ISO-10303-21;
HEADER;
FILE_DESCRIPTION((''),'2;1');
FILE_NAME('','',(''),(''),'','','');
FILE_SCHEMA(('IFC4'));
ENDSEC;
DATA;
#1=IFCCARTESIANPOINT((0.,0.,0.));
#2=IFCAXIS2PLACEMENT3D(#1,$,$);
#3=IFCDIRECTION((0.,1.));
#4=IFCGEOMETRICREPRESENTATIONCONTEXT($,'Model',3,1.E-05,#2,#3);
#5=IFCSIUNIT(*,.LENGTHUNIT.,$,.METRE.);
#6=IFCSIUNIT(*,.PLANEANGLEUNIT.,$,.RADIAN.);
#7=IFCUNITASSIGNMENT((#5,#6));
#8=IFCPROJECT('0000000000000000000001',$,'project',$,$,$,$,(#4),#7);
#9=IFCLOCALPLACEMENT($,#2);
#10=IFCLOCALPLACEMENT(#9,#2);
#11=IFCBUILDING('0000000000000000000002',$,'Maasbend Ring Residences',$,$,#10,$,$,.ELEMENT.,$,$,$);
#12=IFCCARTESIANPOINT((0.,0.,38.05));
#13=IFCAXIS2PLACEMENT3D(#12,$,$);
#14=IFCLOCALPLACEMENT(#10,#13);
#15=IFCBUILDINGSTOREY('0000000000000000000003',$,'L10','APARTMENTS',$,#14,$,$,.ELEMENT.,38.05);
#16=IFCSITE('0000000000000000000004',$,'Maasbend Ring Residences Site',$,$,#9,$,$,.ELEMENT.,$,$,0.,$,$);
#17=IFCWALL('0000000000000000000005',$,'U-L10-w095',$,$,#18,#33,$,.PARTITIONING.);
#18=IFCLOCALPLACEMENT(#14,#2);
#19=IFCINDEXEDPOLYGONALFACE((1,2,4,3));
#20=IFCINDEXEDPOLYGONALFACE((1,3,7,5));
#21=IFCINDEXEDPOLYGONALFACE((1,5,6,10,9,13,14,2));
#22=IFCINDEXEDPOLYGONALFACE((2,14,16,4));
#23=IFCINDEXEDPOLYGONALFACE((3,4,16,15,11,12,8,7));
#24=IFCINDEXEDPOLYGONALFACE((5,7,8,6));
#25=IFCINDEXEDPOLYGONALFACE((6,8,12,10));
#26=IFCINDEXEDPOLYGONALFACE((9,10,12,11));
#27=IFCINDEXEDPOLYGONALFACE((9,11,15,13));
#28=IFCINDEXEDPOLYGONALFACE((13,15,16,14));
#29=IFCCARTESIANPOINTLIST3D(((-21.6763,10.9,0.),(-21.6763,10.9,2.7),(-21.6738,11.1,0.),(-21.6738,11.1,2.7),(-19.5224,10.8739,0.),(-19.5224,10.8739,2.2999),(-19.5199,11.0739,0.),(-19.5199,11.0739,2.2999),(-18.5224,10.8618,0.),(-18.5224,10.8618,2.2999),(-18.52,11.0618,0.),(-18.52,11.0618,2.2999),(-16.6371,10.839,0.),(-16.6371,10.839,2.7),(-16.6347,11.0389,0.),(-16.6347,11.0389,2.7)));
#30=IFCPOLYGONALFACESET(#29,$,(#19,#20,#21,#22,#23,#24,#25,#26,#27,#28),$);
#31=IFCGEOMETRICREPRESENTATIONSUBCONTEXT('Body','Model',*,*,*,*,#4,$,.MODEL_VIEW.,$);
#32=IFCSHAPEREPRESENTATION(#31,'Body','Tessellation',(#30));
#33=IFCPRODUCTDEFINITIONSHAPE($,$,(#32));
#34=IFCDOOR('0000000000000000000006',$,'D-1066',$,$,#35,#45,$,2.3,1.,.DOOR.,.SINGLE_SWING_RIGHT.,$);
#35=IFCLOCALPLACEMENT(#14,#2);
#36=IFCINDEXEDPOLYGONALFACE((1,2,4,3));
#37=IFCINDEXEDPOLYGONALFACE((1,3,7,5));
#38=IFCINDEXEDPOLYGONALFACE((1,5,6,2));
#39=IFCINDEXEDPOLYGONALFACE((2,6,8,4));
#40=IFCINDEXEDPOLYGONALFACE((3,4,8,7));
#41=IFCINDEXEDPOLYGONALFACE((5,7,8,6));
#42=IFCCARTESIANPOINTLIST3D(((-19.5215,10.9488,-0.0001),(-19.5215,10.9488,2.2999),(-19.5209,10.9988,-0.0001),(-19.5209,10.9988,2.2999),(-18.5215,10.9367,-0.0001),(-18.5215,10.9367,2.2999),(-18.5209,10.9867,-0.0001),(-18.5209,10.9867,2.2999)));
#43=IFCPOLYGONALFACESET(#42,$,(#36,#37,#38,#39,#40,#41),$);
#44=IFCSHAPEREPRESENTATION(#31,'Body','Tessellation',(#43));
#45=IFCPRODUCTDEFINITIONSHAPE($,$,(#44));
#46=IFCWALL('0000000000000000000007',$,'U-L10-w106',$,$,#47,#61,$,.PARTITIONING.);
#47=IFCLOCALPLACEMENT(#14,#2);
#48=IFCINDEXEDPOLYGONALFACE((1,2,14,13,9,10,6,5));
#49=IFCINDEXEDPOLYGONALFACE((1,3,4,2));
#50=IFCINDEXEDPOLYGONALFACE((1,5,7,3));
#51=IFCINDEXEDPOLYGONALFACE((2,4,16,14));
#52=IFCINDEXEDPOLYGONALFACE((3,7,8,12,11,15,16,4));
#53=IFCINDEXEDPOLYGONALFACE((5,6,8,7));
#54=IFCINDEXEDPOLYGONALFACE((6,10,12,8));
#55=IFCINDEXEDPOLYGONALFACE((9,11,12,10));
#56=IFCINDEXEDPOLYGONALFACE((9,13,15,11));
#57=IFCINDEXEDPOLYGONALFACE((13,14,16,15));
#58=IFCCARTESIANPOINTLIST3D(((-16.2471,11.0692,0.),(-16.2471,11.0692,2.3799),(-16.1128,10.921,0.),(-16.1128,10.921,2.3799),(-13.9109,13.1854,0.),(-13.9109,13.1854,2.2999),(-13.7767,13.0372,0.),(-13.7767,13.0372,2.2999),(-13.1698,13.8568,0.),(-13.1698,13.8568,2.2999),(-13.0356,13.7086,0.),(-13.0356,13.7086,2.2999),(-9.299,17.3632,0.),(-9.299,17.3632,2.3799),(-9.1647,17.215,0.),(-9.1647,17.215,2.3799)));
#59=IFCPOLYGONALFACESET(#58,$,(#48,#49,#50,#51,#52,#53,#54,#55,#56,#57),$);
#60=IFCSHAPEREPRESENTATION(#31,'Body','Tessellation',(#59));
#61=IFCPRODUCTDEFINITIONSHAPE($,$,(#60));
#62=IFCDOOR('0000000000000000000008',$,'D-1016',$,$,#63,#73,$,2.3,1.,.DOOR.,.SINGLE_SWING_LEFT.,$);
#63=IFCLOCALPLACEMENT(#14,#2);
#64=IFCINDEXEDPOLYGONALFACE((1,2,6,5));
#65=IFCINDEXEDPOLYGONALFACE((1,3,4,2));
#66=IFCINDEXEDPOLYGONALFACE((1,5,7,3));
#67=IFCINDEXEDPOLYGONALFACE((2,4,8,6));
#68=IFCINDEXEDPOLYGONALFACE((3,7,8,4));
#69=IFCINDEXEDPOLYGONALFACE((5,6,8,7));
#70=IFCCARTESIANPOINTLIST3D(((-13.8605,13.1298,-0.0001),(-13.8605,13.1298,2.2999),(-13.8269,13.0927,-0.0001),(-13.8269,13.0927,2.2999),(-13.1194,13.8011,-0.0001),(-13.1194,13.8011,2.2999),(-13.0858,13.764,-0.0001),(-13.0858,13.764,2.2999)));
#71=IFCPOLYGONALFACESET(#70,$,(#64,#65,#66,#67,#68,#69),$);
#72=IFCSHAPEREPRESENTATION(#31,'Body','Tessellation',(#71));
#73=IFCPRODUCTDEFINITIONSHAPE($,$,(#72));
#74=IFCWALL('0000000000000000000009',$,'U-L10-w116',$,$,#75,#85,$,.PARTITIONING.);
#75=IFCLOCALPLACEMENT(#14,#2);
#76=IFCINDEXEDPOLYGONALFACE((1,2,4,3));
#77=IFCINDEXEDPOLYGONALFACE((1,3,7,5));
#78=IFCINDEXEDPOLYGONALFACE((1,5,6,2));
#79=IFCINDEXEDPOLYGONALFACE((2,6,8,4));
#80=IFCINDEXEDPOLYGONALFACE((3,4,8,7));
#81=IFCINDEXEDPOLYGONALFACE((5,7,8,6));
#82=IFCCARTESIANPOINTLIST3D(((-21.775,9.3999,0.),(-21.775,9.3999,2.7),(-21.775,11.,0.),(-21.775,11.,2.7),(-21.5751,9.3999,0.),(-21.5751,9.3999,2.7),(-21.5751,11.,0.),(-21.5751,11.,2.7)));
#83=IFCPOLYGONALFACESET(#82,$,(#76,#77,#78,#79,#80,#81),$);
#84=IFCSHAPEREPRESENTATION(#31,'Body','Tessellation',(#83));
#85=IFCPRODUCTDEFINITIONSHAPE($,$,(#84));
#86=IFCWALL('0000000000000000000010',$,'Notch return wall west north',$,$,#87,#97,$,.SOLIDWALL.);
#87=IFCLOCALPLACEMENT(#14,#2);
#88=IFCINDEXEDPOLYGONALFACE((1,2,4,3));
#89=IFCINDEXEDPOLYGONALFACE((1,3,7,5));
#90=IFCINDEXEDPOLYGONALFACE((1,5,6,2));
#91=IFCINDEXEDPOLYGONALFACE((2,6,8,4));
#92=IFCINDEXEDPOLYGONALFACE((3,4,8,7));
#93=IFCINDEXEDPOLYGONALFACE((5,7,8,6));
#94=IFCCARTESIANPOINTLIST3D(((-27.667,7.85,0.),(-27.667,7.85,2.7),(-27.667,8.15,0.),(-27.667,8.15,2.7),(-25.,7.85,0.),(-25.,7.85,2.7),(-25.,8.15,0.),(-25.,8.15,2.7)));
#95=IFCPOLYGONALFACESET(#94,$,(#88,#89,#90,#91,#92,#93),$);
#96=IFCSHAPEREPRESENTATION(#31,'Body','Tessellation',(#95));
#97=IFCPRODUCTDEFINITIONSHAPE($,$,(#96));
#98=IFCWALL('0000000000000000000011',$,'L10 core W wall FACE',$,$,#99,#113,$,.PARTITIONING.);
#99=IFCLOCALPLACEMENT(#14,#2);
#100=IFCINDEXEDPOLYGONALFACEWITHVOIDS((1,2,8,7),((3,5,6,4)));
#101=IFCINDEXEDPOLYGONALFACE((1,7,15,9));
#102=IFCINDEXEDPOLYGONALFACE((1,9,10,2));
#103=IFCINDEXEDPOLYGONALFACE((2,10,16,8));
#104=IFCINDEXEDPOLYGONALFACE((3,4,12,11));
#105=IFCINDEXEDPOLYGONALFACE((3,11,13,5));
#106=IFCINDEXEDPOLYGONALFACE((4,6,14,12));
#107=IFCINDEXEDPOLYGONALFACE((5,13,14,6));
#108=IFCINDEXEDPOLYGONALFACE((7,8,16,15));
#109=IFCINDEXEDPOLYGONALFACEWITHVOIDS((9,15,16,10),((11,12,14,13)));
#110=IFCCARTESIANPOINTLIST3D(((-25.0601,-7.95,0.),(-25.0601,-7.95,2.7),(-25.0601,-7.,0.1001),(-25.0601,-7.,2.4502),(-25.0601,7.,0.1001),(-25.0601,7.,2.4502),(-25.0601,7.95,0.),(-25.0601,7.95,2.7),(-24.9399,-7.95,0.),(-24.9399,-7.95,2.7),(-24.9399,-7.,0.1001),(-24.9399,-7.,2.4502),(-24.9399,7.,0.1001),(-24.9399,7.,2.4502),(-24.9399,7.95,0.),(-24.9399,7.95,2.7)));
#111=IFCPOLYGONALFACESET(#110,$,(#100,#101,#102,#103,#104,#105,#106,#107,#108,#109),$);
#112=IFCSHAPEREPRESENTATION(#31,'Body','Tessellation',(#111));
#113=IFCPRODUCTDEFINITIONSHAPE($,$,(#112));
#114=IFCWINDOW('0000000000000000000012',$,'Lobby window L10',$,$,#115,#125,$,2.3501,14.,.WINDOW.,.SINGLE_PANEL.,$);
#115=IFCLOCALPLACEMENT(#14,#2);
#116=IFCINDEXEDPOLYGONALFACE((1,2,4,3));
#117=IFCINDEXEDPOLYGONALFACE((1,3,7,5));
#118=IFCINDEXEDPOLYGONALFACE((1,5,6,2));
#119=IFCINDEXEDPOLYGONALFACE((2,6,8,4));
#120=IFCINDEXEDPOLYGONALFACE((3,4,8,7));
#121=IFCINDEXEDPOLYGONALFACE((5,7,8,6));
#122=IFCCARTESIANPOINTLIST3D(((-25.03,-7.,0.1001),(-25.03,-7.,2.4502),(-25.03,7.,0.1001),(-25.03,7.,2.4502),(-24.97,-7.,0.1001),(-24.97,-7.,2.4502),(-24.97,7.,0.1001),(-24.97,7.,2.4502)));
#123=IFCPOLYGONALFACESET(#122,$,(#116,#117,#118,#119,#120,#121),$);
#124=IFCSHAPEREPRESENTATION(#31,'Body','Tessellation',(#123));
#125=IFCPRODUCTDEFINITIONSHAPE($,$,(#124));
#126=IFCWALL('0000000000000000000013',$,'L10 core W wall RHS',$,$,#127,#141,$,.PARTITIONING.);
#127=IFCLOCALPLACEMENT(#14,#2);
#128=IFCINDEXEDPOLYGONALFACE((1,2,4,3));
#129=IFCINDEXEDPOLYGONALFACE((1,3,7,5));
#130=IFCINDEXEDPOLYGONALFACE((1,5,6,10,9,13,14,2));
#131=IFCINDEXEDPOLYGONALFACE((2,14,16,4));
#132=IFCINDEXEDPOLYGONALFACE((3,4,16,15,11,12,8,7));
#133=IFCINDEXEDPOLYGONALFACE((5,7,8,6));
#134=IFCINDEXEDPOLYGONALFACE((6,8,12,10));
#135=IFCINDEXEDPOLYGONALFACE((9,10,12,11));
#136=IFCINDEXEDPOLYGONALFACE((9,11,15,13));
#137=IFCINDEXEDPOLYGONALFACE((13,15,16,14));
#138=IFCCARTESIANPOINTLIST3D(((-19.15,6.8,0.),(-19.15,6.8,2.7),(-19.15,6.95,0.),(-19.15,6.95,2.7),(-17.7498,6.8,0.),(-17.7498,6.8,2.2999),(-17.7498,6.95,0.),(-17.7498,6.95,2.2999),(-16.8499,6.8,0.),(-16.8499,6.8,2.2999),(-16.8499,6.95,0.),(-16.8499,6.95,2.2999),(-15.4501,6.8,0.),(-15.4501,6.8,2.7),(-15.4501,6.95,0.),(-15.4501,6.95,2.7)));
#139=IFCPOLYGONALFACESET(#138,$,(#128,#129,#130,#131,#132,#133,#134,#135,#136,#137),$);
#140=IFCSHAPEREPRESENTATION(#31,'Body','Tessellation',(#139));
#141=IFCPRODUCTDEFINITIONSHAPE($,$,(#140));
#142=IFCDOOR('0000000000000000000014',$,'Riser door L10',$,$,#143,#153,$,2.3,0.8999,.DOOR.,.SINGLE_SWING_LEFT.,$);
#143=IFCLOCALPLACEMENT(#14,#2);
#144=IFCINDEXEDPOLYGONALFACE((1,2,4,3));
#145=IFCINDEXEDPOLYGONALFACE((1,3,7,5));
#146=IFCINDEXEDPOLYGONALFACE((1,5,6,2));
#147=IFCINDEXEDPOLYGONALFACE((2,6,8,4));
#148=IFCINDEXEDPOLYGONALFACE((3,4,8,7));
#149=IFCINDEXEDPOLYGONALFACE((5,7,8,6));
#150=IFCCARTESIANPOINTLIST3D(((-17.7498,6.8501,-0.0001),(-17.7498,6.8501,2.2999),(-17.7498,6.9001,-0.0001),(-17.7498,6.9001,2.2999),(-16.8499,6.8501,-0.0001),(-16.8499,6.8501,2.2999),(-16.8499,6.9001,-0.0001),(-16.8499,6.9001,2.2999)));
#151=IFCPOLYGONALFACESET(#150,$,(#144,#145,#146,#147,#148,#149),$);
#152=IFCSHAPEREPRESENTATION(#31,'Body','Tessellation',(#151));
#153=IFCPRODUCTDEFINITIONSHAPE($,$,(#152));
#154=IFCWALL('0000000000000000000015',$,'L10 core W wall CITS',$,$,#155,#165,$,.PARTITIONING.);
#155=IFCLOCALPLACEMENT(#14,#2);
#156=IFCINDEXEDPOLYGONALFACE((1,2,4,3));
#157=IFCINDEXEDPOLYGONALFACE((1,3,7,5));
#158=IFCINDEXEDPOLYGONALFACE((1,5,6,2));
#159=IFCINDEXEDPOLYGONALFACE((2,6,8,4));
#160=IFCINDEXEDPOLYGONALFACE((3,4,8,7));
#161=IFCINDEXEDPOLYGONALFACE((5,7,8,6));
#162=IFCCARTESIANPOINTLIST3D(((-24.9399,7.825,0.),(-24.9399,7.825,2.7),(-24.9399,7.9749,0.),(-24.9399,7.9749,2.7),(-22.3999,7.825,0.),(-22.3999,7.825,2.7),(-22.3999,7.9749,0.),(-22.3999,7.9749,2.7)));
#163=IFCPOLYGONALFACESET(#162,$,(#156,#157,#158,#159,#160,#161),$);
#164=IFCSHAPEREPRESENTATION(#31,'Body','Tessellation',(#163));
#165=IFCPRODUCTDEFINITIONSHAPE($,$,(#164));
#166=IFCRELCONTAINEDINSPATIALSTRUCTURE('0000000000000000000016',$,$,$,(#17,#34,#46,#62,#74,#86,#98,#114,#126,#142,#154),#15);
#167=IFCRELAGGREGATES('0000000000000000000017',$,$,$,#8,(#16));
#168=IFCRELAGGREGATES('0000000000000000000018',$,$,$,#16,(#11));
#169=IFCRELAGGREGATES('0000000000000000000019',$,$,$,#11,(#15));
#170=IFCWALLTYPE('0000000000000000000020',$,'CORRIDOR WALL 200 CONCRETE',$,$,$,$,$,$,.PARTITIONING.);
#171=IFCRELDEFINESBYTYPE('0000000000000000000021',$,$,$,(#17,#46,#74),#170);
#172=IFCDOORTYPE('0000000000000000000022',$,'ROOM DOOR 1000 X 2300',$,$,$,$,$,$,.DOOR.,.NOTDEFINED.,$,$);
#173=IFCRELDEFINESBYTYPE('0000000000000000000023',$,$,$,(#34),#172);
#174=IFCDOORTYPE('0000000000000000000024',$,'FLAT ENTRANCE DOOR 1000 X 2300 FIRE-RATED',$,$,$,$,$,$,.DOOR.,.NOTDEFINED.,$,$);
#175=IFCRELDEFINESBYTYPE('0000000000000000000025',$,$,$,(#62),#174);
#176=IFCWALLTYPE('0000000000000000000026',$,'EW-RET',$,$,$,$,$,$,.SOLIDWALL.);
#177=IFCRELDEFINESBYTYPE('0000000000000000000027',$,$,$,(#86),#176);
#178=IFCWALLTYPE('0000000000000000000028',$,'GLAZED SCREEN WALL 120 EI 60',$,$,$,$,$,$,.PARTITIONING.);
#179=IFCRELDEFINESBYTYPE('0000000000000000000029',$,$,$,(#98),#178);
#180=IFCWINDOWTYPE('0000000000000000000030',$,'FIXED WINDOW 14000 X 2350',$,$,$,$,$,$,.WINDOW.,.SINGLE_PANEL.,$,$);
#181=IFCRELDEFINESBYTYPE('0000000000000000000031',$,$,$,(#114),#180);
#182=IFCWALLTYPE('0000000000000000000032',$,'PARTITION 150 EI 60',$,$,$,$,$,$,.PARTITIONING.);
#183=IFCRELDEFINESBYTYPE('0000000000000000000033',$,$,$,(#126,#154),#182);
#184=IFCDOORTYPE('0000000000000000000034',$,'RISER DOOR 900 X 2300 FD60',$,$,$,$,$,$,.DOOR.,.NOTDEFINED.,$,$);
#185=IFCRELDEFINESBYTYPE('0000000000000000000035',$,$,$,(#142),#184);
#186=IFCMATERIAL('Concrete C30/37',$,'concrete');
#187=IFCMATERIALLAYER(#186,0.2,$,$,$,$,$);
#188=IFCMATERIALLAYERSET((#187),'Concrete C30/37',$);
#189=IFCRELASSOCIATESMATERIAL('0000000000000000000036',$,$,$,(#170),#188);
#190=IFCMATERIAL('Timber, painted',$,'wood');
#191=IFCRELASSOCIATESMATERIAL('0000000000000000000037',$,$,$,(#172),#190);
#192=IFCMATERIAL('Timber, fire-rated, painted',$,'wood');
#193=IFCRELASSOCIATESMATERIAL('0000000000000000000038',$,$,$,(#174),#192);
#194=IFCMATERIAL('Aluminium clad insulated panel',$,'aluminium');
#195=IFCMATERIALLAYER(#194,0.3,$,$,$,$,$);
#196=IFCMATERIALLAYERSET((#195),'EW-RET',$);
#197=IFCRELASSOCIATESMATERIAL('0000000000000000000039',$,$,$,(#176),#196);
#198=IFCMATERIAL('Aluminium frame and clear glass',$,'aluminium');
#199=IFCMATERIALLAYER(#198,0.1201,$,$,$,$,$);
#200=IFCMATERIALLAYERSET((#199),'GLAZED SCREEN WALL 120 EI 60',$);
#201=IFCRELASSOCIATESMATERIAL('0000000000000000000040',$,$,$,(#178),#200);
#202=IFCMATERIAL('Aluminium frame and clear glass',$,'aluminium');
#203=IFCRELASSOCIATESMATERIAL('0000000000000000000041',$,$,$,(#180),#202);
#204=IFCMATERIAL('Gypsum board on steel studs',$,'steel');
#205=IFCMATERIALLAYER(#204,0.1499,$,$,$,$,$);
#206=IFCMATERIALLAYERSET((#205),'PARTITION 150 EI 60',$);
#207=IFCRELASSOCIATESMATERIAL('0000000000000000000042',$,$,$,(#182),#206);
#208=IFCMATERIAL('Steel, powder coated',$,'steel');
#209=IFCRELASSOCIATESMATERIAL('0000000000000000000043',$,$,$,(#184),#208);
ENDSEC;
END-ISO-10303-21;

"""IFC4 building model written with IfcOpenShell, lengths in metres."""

from ifc_helpers import new_model, si_unit, direction, frame, frame_2d, origin, place, context, subcontext, project, spatial, rectangle, extrude, material, layer, layer_set, type_object, element, fill, save


model = new_model("IFC4")

# Units and contexts
model_context = context("Model", 3, precision=1e-05, world=origin(), true_north=direction((0.0, 1.0)))
body_context = subcontext(model_context, "Body", "Model", "MODEL_VIEW")
ifc_project = project(units=[si_unit("LENGTHUNIT", "METRE"), si_unit("PLANEANGLEUNIT", "RADIAN")], contexts=[model_context])

# Site, building, storey
site_placement = place(None, origin())
site = spatial("IfcSite", under=ifc_project, at=site_placement, Name="Maasbend Ring Residences Site", CompositionType="ELEMENT", RefElevation=0.0)
building_placement = place(site_placement, origin())
building = spatial("IfcBuilding", under=site, at=building_placement, Name="Maasbend Ring Residences", CompositionType="ELEMENT")
storey_placement = place(building_placement, frame((0.0, 0.0, 38.05)))
storey = spatial("IfcBuildingStorey", under=building, at=storey_placement, Name="L10", Description="APARTMENTS", CompositionType="ELEMENT", Elevation=38.05)

# Walls, openings, doors
ifc_material_1 = material(Name="Concrete C30/37", Category="concrete")
ifc_layer_1 = layer(ifc_material_1, 0.2)
ifc_layer_set_1 = layer_set([ifc_layer_1], Name="Concrete C30/37")
wall_type_1 = type_object("IfcWallType", Name="CORRIDOR WALL 200 CONCRETE", PredefinedType="PARTITIONING", material=ifc_layer_set_1)
wall_1_placement = place(storey_placement, frame((-21.675, 11.0, 0.0), z_axis=(0.0, 0.0, 1.0), x_axis=(0.999927, -0.012112, 0.0)))
wall_1 = element("IfcWall", 1, at=wall_1_placement, inside=storey, type_object=wall_type_1, Name="U-L10-w095", PredefinedType="PARTITIONING", context=body_context, shape_type="SweptSolid", body=[
    extrude(rectangle(XDim=5.0396, YDim=0.2, at=frame_2d((2.5198, 0.0))), origin(), (0.0, 0.0, 1.0), 2.7),
])
opening_1_placement = place(wall_1_placement, frame((2.1541, 0.0, 0.0)))
opening_1 = element("IfcOpeningElement", 2, at=opening_1_placement, cuts=wall_1, PredefinedType="OPENING", context=body_context, shape_type="SweptSolid", body=[
    extrude(rectangle(XDim=1.0, YDim=2.3, at=frame_2d((0.5, 1.1499))), frame((0.0, 0.1099, 0.0), z_axis=(0.0, -1.0, 0.0), x_axis=(1.0, 0.0, 0.0)), (0.0, 0.0, 1.0), 0.22),
])
ifc_material_2 = material(Name="Timber, painted", Category="wood")
door_type_1 = type_object("IfcDoorType", Name="ROOM DOOR 1000 X 2300", OperationType="NOTDEFINED", PredefinedType="DOOR", material=ifc_material_2)
door_1_placement = place(opening_1_placement, origin())
door_1 = element("IfcDoor", 3, at=door_1_placement, inside=storey, type_object=door_type_1, Name="D-1066", OperationType="SINGLE_SWING_RIGHT", OverallHeight=2.3, OverallWidth=1.0, PredefinedType="DOOR", context=body_context, shape_type="SweptSolid", body=[
    extrude(rectangle(XDim=1.0, YDim=2.3, at=frame_2d((0.5, 1.1499))), frame((0.0, 0.0249, 0.0), z_axis=(0.0, -1.0, 0.0), x_axis=(1.0, 0.0, 0.0)), (0.0, 0.0, 1.0), 0.05),
])
fill(opening_1, door_1)
wall_2_placement = place(storey_placement, frame((-16.1799, 10.9951, 0.0), z_axis=(0.0, 0.0, 1.0), x_axis=(0.741129, 0.671363, 0.0)))
wall_2 = element("IfcWall", 4, at=wall_2_placement, inside=storey, type_object=wall_type_1, Name="U-L10-w106", PredefinedType="PARTITIONING", context=body_context, shape_type="SweptSolid", body=[
    extrude(rectangle(XDim=9.375, YDim=0.2, at=frame_2d((4.6875, 0.0))), origin(), (0.0, 0.0, 1.0), 2.3799),
])
opening_2_placement = place(wall_2_placement, frame((3.1521, 0.0, 0.0)))
opening_2 = element("IfcOpeningElement", 5, at=opening_2_placement, cuts=wall_2, PredefinedType="OPENING", context=body_context, shape_type="SweptSolid", body=[
    extrude(rectangle(XDim=1.0, YDim=2.3, at=frame_2d((0.5, 1.1499))), frame((0.0, 0.1099, 0.0), z_axis=(0.0, -1.0, 0.0), x_axis=(1.0, 0.0, 0.0)), (0.0, 0.0, 1.0), 0.22),
])
ifc_material_3 = material(Name="Timber, fire-rated, painted", Category="wood")
door_type_2 = type_object("IfcDoorType", Name="FLAT ENTRANCE DOOR 1000 X 2300 FIRE-RATED", OperationType="NOTDEFINED", PredefinedType="DOOR", material=ifc_material_3)
door_2_placement = place(opening_2_placement, origin())
door_2 = element("IfcDoor", 6, at=door_2_placement, inside=storey, type_object=door_type_2, Name="D-1016", OperationType="SINGLE_SWING_LEFT", OverallHeight=2.3, OverallWidth=1.0, PredefinedType="DOOR", context=body_context, shape_type="SweptSolid", body=[
    extrude(rectangle(XDim=1.0, YDim=2.3, at=frame_2d((0.5, 1.1499))), frame((0.0, 0.0249, 0.0), z_axis=(0.0, -1.0, 0.0), x_axis=(1.0, 0.0, 0.0)), (0.0, 0.0, 1.0), 0.05),
])
fill(opening_2, door_2)

# Walls
wall_3_placement = place(storey_placement, frame((-21.675, 9.3999, 0.0), z_axis=(0.0, 0.0, 1.0), x_axis=(0.0, 1.0, 0.0)))
element("IfcWall", 7, at=wall_3_placement, inside=storey, type_object=wall_type_1, Name="U-L10-w116", PredefinedType="PARTITIONING", context=body_context, shape_type="SweptSolid", body=[
    extrude(rectangle(XDim=1.6001, YDim=0.2, at=frame_2d((0.8, 0.0))), origin(), (0.0, 0.0, 1.0), 2.7),
])
ifc_material_4 = material(Name="Aluminium clad insulated panel", Category="aluminium")
ifc_layer_2 = layer(ifc_material_4, 0.3)
ifc_layer_set_2 = layer_set([ifc_layer_2], Name="EW-RET")
wall_type_2 = type_object("IfcWallType", Name="EW-RET", PredefinedType="SOLIDWALL", material=ifc_layer_set_2)
wall_4_placement = place(storey_placement, frame((-25.0, 8.0, 0.0), z_axis=(0.0, 0.0, 1.0), x_axis=(-1.0, 0.0, 0.0)))
element("IfcWall", 8, at=wall_4_placement, inside=storey, type_object=wall_type_2, Name="Notch return wall west north", PredefinedType="SOLIDWALL", context=body_context, shape_type="SweptSolid", body=[
    extrude(rectangle(XDim=2.667, YDim=0.3, at=frame_2d((1.3335, 0.0))), origin(), (0.0, 0.0, 1.0), 2.7),
])

# Wall, opening, window
ifc_material_5 = material(Name="Aluminium frame and clear glass", Category="aluminium")
ifc_layer_3 = layer(ifc_material_5, 0.1201)
ifc_layer_set_3 = layer_set([ifc_layer_3], Name="GLAZED SCREEN WALL 120 EI 60")
wall_type_3 = type_object("IfcWallType", Name="GLAZED SCREEN WALL 120 EI 60", PredefinedType="PARTITIONING", material=ifc_layer_set_3)
wall_5_placement = place(storey_placement, frame((-25.0, 7.95, 0.0), z_axis=(0.0, 0.0, 1.0), x_axis=(0.0, -1.0, 0.0)))
wall_5 = element("IfcWall", 9, at=wall_5_placement, inside=storey, type_object=wall_type_3, Name="L10 core W wall FACE", PredefinedType="PARTITIONING", context=body_context, shape_type="SweptSolid", body=[
    extrude(rectangle(XDim=15.8999, YDim=0.1201, at=frame_2d((7.95, 0.0))), origin(), (0.0, 0.0, 1.0), 2.7),
])
opening_3_placement = place(wall_5_placement, frame((0.95, 0.0, 0.1001)))
opening_3 = element("IfcOpeningElement", 10, at=opening_3_placement, cuts=wall_5, PredefinedType="OPENING", context=body_context, shape_type="SweptSolid", body=[
    extrude(rectangle(XDim=14.0, YDim=2.3501, at=frame_2d((7.0, 1.175))), frame((0.0, 0.0701, 0.0), z_axis=(0.0, -1.0, 0.0), x_axis=(1.0, 0.0, 0.0)), (0.0, 0.0, 1.0), 0.1401),
])
ifc_material_6 = material(Name="Aluminium frame and clear glass", Category="aluminium")
window_type = type_object("IfcWindowType", Name="FIXED WINDOW 14000 X 2350", PartitioningType="SINGLE_PANEL", PredefinedType="WINDOW", material=ifc_material_6)
window_placement = place(opening_3_placement, origin())
window = element("IfcWindow", 11, at=window_placement, inside=storey, type_object=window_type, Name="Lobby window L10", OverallHeight=2.3501, OverallWidth=14.0, PartitioningType="SINGLE_PANEL", PredefinedType="WINDOW", context=body_context, shape_type="SweptSolid", body=[
    extrude(rectangle(XDim=14.0, YDim=2.3501, at=frame_2d((7.0, 1.175))), frame((0.0, 0.03, 0.0), z_axis=(0.0, -1.0, 0.0), x_axis=(1.0, 0.0, 0.0)), (0.0, 0.0, 1.0), 0.0601),
])
fill(opening_3, window)

# Wall, opening, door
ifc_material_7 = material(Name="Gypsum board on steel studs", Category="steel")
ifc_layer_4 = layer(ifc_material_7, 0.1499)
ifc_layer_set_4 = layer_set([ifc_layer_4], Name="PARTITION 150 EI 60")
wall_type_4 = type_object("IfcWallType", Name="PARTITION 150 EI 60", PredefinedType="PARTITIONING", material=ifc_layer_set_4)
wall_6_placement = place(storey_placement, frame((-15.45, 6.875, 0.0), z_axis=(0.0, 0.0, 1.0), x_axis=(-1.0, 0.0, 0.0)))
wall_6 = element("IfcWall", 12, at=wall_6_placement, inside=storey, type_object=wall_type_4, Name="L10 core W wall RHS", PredefinedType="PARTITIONING", context=body_context, shape_type="SweptSolid", body=[
    extrude(rectangle(XDim=3.7, YDim=0.1499, at=frame_2d((1.8501, 0.0))), origin(), (0.0, 0.0, 1.0), 2.7),
])
opening_4_placement = place(wall_6_placement, frame((1.3999, 0.0, 0.0)))
opening_4 = element("IfcOpeningElement", 13, at=opening_4_placement, cuts=wall_6, PredefinedType="OPENING", context=body_context, shape_type="SweptSolid", body=[
    extrude(rectangle(XDim=0.8999, YDim=2.3, at=frame_2d((0.45, 1.1499))), frame((0.0, 0.085, 0.0), z_axis=(0.0, -1.0, 0.0), x_axis=(1.0, 0.0, 0.0)), (0.0, 0.0, 1.0), 0.1699),
])
ifc_material_8 = material(Name="Steel, powder coated", Category="steel")
door_type_3 = type_object("IfcDoorType", Name="RISER DOOR 900 X 2300 FD60", OperationType="NOTDEFINED", PredefinedType="DOOR", material=ifc_material_8)
door_3_placement = place(opening_4_placement, origin())
door_3 = element("IfcDoor", 14, at=door_3_placement, inside=storey, type_object=door_type_3, Name="Riser door L10", OperationType="SINGLE_SWING_LEFT", OverallHeight=2.3, OverallWidth=0.8999, PredefinedType="DOOR", context=body_context, shape_type="SweptSolid", body=[
    extrude(rectangle(XDim=0.8999, YDim=2.3, at=frame_2d((0.45, 1.1499))), frame((0.0, 0.0249, 0.0), z_axis=(0.0, -1.0, 0.0), x_axis=(1.0, 0.0, 0.0)), (0.0, 0.0, 1.0), 0.05),
])
fill(opening_4, door_3)

# Wall
wall_7_placement = place(storey_placement, frame((-22.3999, 7.8999, 0.0), z_axis=(0.0, 0.0, 1.0), x_axis=(-1.0, 0.0, 0.0)))
element("IfcWall", 15, at=wall_7_placement, inside=storey, type_object=wall_type_4, Name="L10 core W wall CITS", PredefinedType="PARTITIONING", context=body_context, shape_type="SweptSolid", body=[
    extrude(rectangle(XDim=2.54, YDim=0.1499, at=frame_2d((1.27, 0.0))), origin(), (0.0, 0.0, 1.0), 2.7),
])

save(model, "model.ifc")
